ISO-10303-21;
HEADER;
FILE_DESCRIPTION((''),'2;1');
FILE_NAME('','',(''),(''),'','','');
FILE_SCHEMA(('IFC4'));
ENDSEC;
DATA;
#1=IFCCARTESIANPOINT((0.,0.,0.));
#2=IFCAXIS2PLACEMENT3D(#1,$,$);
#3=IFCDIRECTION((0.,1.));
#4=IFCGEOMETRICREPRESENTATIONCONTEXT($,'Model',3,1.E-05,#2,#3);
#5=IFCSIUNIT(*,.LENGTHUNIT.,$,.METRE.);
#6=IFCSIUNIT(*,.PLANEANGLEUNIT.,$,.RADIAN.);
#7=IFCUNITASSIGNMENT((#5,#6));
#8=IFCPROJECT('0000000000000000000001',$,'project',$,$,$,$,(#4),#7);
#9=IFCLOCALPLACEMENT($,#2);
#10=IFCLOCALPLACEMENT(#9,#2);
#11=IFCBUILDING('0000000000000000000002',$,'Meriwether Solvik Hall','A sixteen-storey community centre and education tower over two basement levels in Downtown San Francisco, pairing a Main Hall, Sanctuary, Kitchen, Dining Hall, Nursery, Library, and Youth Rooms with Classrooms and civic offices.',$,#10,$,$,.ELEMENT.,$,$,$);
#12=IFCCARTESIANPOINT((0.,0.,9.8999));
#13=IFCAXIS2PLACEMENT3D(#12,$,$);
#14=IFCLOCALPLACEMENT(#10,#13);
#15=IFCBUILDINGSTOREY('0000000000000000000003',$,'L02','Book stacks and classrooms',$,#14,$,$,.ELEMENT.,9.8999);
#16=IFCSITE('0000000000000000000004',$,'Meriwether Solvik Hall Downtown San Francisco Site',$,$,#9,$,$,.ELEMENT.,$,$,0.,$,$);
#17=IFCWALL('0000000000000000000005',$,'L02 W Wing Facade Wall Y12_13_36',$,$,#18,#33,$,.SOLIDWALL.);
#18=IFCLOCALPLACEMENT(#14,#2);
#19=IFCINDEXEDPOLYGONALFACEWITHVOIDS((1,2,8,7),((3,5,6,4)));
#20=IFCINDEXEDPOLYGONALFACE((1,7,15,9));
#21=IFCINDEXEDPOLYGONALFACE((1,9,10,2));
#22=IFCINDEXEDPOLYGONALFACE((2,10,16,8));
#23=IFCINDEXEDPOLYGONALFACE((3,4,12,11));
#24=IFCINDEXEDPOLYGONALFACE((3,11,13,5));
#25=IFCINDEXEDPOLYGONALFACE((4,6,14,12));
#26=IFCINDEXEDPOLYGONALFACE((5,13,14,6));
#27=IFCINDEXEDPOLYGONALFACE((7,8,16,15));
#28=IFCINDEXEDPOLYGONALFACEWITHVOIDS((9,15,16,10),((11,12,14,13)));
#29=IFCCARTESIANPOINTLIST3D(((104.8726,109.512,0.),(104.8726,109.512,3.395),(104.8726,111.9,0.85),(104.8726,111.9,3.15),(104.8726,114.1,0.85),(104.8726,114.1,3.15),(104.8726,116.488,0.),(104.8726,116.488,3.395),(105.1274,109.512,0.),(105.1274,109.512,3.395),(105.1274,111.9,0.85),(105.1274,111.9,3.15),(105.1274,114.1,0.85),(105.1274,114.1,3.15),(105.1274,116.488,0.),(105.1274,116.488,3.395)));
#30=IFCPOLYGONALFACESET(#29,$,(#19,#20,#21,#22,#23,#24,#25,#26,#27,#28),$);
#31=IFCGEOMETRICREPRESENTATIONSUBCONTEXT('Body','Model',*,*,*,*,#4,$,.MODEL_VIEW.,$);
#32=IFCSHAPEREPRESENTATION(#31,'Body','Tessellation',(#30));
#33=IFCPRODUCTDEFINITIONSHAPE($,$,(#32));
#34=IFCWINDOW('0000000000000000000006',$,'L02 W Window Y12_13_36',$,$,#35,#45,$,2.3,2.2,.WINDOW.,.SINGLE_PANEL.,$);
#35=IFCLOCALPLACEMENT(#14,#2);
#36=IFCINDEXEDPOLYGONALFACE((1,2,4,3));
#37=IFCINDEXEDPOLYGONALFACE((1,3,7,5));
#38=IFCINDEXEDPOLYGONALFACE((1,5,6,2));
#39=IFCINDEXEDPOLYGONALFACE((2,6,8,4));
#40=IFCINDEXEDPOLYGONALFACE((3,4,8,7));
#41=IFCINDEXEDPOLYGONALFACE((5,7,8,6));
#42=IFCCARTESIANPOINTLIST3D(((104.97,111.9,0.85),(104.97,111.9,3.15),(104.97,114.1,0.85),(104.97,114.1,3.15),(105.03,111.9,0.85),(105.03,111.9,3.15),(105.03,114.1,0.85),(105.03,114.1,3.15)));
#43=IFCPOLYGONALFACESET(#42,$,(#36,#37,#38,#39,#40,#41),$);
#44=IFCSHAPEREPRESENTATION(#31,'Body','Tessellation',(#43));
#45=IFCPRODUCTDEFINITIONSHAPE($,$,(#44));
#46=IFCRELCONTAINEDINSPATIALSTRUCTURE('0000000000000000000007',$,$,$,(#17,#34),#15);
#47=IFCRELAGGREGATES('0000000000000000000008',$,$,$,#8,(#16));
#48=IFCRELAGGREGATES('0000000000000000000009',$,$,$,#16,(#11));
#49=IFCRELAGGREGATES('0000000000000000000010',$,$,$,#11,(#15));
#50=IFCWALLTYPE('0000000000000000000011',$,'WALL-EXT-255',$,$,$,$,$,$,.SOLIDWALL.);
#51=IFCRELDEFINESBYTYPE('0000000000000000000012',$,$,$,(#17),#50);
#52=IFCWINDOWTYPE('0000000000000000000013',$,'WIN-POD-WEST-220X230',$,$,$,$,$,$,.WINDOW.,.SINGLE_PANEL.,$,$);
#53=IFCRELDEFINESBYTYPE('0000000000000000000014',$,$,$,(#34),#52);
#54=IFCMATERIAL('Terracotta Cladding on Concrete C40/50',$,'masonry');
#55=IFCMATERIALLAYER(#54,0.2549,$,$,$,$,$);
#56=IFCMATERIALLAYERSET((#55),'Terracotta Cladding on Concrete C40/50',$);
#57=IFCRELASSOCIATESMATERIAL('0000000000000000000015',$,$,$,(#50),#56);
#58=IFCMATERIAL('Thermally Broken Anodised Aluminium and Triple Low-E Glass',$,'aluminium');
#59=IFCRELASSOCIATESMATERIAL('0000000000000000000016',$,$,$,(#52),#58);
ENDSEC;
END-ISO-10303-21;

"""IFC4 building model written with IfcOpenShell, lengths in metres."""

from ifc_helpers import new_model, si_unit, direction, frame, frame_2d, origin, place, context, subcontext, project, spatial, rectangle, extrude, material, layer, layer_set, type_object, element, fill, save


model = new_model("IFC4")

# Units and contexts
model_context = context("Model", 3, precision=1e-05, world=origin(), true_north=direction((0.0, 1.0)))
body_context = subcontext(model_context, "Body", "Model", "MODEL_VIEW")
ifc_project = project(units=[si_unit("LENGTHUNIT", "METRE"), si_unit("PLANEANGLEUNIT", "RADIAN")], contexts=[model_context])

# Site, building, storey
site_placement = place(None, origin())
site = spatial("IfcSite", under=ifc_project, at=site_placement, Name="Meriwether Solvik Hall Downtown San Francisco Site", CompositionType="ELEMENT", RefElevation=0.0)
building_placement = place(site_placement, origin())
building = spatial("IfcBuilding", under=site, at=building_placement, Name="Meriwether Solvik Hall", Description="A sixteen-storey community centre and education tower over two basement levels in Downtown San Francisco, pairing a Main Hall, Sanctuary, Kitchen, Dining Hall, Nursery, Library, and Youth Rooms with Classrooms and civic offices.", CompositionType="ELEMENT")
storey_placement = place(building_placement, frame((0.0, 0.0, 9.8999)))
storey = spatial("IfcBuildingStorey", under=building, at=storey_placement, Name="L02", Description="Book stacks and classrooms", CompositionType="ELEMENT", Elevation=9.8999)

# Wall, opening, window
ifc_material_1 = material(Name="Terracotta Cladding on Concrete C40/50", Category="masonry")
ifc_layer_1 = layer(ifc_material_1, 0.2549)
ifc_layer_set_1 = layer_set([ifc_layer_1], Name="Terracotta Cladding on Concrete C40/50")
wall_type = type_object("IfcWallType", Name="WALL-EXT-255", PredefinedType="SOLIDWALL", material=ifc_layer_set_1)
wall_placement = place(storey_placement, frame((105.0, 109.512, 0.0), z_axis=(0.0, 0.0, 1.0), x_axis=(0.0, 1.0, 0.0)))
wall = element("IfcWall", 1, at=wall_placement, inside=storey, type_object=wall_type, Name="L02 W Wing Facade Wall Y12_13_36", PredefinedType="SOLIDWALL", context=body_context, shape_type="SweptSolid", body=[
    extrude(rectangle(XDim=6.9761, YDim=0.2549, at=frame_2d((3.488, 0.0))), origin(), (0.0, 0.0, 1.0), 3.395),
])
opening_placement = place(wall_placement, frame((2.3879, 0.0, 0.8501)))
opening = element("IfcOpeningElement", 2, at=opening_placement, cuts=wall, PredefinedType="OPENING", context=body_context, shape_type="SweptSolid", body=[
    extrude(rectangle(XDim=2.2, YDim=2.3, at=frame_2d((1.1001, 1.1499))), frame((0.0, 0.1394, 0.0), z_axis=(0.0, -1.0, 0.0), x_axis=(1.0, 0.0, 0.0)), (0.0, 0.0, 1.0), 0.2788),
])
ifc_material_2 = material(Name="Thermally Broken Anodised Aluminium and Triple Low-E Glass", Category="aluminium")
window_type = type_object("IfcWindowType", Name="WIN-POD-WEST-220X230", PartitioningType="SINGLE_PANEL", PredefinedType="WINDOW", material=ifc_material_2)
window_placement = place(opening_placement, origin())
window = element("IfcWindow", 3, at=window_placement, inside=storey, type_object=window_type, Name="L02 W Window Y12_13_36", OverallHeight=2.3, OverallWidth=2.2, PartitioningType="SINGLE_PANEL", PredefinedType="WINDOW", context=body_context, shape_type="SweptSolid", body=[
    extrude(rectangle(XDim=2.2, YDim=2.3, at=frame_2d((1.1001, 1.1499))), frame((0.0, 0.03, 0.0), z_axis=(0.0, -1.0, 0.0), x_axis=(1.0, 0.0, 0.0)), (0.0, 0.0, 1.0), 0.0601),
])
fill(opening, window)

save(model, "model.ifc")
